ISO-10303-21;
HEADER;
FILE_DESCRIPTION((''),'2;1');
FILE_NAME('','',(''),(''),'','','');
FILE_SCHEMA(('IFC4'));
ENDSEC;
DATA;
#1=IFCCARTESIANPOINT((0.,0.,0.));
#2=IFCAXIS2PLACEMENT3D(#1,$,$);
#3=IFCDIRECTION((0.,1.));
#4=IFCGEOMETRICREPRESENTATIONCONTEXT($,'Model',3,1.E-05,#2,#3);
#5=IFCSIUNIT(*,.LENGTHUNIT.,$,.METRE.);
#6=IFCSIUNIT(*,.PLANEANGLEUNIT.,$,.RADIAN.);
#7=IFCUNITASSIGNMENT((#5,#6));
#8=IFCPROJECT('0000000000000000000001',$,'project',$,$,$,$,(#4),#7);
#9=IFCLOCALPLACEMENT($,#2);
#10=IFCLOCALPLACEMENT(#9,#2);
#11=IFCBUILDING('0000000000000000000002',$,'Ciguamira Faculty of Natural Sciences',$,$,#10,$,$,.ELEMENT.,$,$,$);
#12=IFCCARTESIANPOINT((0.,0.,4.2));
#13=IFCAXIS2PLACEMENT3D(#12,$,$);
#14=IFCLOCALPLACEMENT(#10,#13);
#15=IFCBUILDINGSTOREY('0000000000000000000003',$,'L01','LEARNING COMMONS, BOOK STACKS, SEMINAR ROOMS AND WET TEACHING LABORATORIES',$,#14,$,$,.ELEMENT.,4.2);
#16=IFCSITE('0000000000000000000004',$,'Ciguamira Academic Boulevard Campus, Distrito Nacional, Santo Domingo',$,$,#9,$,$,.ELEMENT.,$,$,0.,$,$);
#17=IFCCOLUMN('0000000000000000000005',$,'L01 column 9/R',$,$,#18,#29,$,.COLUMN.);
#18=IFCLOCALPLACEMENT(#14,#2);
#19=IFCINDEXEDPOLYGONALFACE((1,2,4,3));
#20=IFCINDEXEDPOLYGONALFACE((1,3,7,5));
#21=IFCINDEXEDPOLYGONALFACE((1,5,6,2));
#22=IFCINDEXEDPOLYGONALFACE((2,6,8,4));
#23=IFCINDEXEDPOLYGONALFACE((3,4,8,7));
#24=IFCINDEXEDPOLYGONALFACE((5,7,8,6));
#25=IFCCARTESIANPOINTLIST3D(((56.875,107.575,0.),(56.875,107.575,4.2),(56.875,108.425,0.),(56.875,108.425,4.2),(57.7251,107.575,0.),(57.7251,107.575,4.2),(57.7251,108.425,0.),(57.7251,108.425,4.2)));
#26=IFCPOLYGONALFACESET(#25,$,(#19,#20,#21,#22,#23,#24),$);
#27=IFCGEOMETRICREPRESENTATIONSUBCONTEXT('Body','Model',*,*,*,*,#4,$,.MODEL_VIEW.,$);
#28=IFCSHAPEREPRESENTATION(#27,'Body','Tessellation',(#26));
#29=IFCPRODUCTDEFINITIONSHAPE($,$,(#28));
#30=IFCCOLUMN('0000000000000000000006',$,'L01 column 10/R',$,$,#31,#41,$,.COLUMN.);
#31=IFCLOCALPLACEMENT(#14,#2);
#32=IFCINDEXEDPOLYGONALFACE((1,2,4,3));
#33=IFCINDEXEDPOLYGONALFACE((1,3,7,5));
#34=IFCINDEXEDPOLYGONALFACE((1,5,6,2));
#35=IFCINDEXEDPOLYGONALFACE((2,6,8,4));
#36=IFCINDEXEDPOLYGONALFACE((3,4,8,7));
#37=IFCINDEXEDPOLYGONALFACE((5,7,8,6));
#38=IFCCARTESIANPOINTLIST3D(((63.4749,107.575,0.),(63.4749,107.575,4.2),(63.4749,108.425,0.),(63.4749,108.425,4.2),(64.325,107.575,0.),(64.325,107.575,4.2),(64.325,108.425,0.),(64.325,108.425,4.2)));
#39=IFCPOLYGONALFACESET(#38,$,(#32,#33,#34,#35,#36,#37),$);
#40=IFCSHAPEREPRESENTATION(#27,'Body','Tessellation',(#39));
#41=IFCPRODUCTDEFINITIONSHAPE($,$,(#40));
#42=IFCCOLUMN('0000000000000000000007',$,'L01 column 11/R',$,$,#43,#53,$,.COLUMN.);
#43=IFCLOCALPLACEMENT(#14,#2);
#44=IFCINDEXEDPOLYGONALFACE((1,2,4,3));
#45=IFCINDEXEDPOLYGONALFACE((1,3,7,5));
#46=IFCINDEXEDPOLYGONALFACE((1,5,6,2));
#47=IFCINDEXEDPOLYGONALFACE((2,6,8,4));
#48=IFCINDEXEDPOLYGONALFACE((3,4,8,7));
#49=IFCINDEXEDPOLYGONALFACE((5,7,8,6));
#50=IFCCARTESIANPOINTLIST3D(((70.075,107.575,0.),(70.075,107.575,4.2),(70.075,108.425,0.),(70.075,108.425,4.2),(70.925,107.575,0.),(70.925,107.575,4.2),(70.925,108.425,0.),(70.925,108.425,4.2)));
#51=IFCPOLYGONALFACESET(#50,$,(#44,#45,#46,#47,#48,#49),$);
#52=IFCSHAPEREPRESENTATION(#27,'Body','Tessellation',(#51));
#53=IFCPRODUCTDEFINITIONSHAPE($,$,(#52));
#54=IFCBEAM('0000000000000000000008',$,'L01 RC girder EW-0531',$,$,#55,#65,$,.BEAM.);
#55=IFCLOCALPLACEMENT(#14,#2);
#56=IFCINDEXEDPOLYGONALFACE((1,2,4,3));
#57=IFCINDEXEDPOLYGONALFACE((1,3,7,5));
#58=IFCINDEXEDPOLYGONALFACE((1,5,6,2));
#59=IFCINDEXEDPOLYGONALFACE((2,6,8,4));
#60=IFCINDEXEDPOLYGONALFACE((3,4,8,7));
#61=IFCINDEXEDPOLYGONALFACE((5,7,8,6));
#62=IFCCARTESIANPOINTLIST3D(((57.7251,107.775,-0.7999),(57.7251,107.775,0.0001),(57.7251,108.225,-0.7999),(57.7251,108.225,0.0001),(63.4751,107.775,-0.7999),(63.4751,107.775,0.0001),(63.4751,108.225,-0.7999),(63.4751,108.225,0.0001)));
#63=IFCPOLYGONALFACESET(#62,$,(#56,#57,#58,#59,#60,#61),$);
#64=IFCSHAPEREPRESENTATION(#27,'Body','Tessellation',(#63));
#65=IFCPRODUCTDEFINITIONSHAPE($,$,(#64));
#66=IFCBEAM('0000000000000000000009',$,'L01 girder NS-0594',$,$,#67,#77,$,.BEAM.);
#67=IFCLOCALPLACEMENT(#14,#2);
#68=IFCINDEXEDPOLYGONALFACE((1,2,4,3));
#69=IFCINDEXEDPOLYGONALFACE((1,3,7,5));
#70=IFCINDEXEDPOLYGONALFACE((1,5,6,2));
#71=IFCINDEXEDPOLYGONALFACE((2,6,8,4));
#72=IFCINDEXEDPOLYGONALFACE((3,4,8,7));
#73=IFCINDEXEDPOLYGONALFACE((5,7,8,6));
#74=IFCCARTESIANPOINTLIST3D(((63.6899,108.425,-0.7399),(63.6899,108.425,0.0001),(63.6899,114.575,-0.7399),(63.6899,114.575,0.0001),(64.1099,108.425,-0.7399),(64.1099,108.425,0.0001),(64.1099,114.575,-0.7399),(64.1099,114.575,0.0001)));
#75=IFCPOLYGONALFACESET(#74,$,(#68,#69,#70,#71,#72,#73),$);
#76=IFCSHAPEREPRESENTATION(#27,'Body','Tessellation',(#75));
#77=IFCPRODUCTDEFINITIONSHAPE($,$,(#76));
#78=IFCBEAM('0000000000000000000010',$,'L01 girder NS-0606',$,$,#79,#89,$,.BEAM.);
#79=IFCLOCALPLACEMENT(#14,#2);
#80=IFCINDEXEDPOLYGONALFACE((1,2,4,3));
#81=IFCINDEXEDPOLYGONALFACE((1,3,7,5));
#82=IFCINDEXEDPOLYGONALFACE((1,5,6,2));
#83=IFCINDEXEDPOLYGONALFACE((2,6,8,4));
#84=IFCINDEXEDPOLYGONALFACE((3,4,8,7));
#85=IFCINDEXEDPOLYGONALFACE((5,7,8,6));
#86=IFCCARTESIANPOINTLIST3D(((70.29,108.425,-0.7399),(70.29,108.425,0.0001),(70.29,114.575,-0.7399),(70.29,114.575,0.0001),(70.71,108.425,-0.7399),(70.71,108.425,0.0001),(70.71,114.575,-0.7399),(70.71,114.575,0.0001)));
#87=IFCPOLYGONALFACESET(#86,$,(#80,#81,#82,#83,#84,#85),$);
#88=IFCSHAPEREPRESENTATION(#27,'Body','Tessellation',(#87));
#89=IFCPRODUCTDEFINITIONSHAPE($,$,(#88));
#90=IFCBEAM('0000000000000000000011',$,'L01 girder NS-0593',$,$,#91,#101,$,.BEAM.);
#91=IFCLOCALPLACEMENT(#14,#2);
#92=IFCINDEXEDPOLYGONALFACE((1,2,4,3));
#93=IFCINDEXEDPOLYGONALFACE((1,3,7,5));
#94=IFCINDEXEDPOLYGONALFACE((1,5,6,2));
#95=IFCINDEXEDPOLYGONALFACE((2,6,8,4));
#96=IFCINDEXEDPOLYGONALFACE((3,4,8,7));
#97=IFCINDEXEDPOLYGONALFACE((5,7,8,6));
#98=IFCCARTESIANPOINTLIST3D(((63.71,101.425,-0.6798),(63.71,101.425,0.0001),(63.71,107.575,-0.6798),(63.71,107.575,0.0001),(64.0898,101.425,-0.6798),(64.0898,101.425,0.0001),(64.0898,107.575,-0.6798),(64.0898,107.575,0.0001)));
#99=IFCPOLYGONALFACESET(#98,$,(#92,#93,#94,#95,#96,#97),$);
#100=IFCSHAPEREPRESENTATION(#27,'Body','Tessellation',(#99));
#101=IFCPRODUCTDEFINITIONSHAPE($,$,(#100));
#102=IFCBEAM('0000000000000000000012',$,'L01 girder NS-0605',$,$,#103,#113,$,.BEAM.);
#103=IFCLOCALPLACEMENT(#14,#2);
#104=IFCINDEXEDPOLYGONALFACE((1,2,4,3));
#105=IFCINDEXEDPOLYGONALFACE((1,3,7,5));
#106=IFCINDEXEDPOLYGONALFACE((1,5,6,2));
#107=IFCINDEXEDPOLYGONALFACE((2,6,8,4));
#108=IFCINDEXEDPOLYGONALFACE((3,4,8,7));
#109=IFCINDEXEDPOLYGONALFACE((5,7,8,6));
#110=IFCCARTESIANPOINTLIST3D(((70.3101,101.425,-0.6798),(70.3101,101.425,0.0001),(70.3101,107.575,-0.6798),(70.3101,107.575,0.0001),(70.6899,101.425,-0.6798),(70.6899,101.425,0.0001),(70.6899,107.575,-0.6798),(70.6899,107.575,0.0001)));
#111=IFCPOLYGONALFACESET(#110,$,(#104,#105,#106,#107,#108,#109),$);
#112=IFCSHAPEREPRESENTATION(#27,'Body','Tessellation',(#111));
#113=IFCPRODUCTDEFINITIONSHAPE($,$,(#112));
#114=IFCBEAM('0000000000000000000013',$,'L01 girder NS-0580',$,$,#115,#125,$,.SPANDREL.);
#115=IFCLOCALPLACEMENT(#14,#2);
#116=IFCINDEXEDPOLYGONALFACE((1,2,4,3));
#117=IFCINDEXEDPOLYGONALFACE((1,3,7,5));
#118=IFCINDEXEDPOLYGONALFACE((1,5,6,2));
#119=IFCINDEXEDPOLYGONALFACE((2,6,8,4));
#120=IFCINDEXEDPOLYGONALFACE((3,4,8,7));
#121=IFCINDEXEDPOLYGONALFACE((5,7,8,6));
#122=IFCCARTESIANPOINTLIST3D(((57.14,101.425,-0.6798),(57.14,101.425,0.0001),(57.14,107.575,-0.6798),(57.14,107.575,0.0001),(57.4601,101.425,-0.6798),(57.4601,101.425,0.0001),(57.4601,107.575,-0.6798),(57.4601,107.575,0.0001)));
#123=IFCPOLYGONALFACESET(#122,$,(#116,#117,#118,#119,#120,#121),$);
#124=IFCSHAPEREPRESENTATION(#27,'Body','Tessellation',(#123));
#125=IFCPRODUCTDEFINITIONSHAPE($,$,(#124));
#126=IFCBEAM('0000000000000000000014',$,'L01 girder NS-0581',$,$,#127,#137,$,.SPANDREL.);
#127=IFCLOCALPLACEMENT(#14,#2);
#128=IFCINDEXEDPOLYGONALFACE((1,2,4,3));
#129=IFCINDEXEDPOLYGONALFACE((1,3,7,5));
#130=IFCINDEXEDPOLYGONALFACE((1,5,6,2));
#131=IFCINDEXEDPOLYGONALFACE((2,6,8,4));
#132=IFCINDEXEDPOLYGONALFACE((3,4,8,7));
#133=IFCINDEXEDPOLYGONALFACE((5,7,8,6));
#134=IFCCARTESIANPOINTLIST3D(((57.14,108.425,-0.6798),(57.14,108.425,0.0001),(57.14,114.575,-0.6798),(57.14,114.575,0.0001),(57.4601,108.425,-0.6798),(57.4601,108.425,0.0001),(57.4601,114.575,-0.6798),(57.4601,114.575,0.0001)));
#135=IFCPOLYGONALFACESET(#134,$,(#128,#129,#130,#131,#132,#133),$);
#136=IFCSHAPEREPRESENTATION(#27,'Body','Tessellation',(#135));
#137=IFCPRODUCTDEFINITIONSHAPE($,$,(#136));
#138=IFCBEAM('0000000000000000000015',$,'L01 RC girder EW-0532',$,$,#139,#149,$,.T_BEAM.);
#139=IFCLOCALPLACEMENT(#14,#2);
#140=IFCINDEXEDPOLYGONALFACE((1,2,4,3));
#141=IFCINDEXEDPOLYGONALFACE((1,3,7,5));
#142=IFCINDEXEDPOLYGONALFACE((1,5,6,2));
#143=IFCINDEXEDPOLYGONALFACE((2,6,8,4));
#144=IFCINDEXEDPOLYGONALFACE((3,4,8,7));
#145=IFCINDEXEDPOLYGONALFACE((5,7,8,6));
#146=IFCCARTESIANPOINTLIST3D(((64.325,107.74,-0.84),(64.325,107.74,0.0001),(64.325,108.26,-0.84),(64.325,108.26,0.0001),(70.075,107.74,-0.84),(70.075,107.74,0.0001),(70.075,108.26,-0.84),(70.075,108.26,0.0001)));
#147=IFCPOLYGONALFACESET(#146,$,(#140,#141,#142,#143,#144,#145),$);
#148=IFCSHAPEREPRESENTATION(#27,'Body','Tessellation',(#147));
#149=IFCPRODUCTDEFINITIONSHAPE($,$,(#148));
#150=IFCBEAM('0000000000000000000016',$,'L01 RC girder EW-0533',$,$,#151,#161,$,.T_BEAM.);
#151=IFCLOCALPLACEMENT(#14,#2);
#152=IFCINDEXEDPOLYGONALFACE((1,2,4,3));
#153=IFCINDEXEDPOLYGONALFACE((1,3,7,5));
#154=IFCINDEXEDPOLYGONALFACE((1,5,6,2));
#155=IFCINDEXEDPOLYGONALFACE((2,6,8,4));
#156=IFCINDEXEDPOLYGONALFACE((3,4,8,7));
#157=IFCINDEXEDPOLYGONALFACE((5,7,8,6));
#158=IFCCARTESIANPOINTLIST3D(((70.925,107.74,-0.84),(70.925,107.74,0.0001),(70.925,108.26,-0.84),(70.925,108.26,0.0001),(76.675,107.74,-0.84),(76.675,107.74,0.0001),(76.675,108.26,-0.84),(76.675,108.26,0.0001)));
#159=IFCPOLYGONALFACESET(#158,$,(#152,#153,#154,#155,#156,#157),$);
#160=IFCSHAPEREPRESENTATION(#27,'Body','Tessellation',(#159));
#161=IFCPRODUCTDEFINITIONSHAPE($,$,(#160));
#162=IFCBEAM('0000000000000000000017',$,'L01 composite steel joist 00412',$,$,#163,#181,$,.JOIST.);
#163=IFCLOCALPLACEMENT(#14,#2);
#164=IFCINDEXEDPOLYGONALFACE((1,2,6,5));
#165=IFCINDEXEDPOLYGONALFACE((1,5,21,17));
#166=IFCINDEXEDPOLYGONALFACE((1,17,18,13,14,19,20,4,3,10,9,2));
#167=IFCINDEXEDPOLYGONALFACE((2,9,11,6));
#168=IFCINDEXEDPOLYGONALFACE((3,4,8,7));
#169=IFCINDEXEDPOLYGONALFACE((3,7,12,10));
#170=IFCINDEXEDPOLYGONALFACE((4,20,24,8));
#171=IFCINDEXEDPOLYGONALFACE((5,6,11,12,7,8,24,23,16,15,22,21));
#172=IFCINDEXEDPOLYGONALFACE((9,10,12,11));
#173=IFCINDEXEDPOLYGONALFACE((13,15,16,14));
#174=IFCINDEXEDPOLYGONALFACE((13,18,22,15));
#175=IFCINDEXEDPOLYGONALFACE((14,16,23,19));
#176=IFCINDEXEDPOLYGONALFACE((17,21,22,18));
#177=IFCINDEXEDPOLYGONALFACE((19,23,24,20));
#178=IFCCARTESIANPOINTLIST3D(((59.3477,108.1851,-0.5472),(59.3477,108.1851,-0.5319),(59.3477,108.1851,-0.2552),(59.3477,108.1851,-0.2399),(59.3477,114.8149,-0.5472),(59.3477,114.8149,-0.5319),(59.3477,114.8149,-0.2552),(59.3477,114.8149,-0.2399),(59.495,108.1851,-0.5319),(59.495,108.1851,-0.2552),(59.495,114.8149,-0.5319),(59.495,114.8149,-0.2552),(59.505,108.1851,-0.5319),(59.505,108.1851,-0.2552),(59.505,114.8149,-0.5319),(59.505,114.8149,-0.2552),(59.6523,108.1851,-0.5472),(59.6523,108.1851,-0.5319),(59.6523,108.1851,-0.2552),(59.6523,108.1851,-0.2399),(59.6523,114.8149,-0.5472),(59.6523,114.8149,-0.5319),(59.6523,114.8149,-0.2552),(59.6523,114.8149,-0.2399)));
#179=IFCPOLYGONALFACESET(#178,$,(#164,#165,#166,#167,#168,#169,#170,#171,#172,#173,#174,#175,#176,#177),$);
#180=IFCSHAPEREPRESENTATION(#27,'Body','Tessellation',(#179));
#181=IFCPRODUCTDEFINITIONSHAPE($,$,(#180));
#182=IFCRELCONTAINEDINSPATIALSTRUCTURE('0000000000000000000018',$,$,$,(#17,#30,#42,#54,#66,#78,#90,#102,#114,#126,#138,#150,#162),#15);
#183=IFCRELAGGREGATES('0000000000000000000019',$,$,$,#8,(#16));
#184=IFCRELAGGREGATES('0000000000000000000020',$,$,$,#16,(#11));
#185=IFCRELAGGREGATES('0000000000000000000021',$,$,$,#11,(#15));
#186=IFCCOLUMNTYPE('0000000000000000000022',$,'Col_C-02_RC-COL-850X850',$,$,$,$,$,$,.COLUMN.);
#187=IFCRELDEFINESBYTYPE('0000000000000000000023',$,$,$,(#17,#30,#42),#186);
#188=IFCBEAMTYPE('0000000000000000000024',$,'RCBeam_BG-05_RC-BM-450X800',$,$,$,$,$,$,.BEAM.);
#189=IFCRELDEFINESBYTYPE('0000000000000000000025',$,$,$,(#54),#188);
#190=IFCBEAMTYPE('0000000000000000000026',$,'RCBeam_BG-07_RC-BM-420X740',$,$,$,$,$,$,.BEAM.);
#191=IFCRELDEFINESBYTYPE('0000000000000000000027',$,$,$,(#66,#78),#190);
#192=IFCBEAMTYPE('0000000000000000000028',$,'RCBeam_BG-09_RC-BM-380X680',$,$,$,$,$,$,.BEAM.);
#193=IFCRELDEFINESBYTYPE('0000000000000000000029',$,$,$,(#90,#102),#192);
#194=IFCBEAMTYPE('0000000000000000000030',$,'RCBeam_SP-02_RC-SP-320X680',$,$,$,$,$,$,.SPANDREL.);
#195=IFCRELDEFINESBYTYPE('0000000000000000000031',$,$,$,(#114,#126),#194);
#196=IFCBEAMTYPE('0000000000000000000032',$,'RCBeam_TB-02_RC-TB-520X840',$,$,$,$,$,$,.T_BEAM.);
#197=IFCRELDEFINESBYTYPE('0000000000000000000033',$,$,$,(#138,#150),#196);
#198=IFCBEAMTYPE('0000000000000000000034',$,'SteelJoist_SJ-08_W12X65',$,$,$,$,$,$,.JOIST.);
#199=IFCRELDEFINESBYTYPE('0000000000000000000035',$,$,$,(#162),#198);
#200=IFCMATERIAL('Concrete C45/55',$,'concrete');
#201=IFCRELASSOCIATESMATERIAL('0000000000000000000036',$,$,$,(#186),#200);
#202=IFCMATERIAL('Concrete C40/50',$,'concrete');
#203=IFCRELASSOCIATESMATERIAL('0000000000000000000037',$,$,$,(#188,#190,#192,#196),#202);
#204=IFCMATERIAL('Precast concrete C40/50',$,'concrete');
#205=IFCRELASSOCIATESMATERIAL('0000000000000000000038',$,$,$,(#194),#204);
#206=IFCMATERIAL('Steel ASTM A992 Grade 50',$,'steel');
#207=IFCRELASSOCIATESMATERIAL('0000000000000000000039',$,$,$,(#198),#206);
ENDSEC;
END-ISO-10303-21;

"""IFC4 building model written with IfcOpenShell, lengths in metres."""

from ifc_helpers import new_model, si_unit, direction, frame, origin, origin_2d, place, context, subcontext, project, spatial, rectangle, i_section, extrude, material, material_profile, profile_set, type_object, element, save


model = new_model("IFC4")

# Units and contexts
model_context = context("Model", 3, precision=1e-05, world=origin(), true_north=direction((0.0, 1.0)))
body_context = subcontext(model_context, "Body", "Model", "MODEL_VIEW")
ifc_project = project(units=[si_unit("LENGTHUNIT", "METRE"), si_unit("PLANEANGLEUNIT", "RADIAN")], contexts=[model_context])

# Site, building, storey
site_placement = place(None, origin())
site = spatial("IfcSite", under=ifc_project, at=site_placement, Name="Ciguamira Academic Boulevard Campus, Distrito Nacional, Santo Domingo", CompositionType="ELEMENT", RefElevation=0.0)
building_placement = place(site_placement, origin())
building = spatial("IfcBuilding", under=site, at=building_placement, Name="Ciguamira Faculty of Natural Sciences", CompositionType="ELEMENT")
storey_placement = place(building_placement, frame((0.0, 0.0, 4.2)))
storey = spatial("IfcBuildingStorey", under=building, at=storey_placement, Name="L01", Description="LEARNING COMMONS, BOOK STACKS, SEMINAR ROOMS AND WET TEACHING LABORATORIES", CompositionType="ELEMENT", Elevation=4.2)

# Columns
ifc_material_1 = material(Name="Concrete C45/55", Category="concrete")
ifc_material_profile_1 = material_profile(ifc_material_1, rectangle(XDim=0.8501, YDim=0.8501, at=origin_2d()), Name="RC-COL-850X850")
ifc_profile_set_1 = profile_set([ifc_material_profile_1], Name="Concrete C45/55")
column_type = type_object("IfcColumnType", Name="Col_C-02_RC-COL-850X850", PredefinedType="COLUMN", material=ifc_profile_set_1)
for number, where, z_axis, x_axis, name in (
    (1, (57.3, 108.0, 0.0), (0.0, 0.0, 1.0), (1.0, 0.0, 0.0), "L01 column 9/R"),
    (2, (63.8999, 108.0, 0.0), (0.0, 0.0, 1.0), (1.0, 0.0, 0.0), "L01 column 10/R"),
    (3, (70.5, 108.0, 0.0), (0.0, 0.0, 1.0), (1.0, 0.0, 0.0), "L01 column 11/R"),
):
    element("IfcColumn", number, at=place(storey_placement, frame(where, z_axis=z_axis, x_axis=x_axis)), inside=storey, type_object=column_type, Name=name, PredefinedType="COLUMN", context=body_context, shape_type="SweptSolid", body=[
        extrude(rectangle(XDim=0.8501, YDim=0.8501, at=origin_2d()), origin(), (0.0, 0.0, 1.0), 4.2),
    ])

# Beams
ifc_material_2 = material(Name="Concrete C40/50", Category="concrete")
ifc_material_profile_2 = material_profile(ifc_material_2, rectangle(XDim=0.45, YDim=0.8, at=origin_2d()), Name="RC-BM-450X800")
ifc_profile_set_2 = profile_set([ifc_material_profile_2], Name="Concrete C40/50")
beam_type_1 = type_object("IfcBeamType", Name="RCBeam_BG-05_RC-BM-450X800", PredefinedType="BEAM", material=ifc_profile_set_2)
beam_1_placement = place(storey_placement, frame((57.7251, 108.0, -0.3999), z_axis=(1.0, 0.0, 0.0), x_axis=(0.0, 1.0, 0.0)))
element("IfcBeam", 4, at=beam_1_placement, inside=storey, type_object=beam_type_1, Name="L01 RC girder EW-0531", PredefinedType="BEAM", context=body_context, shape_type="SweptSolid", body=[
    extrude(rectangle(XDim=0.45, YDim=0.8, at=origin_2d()), origin(), (0.0, 0.0, 1.0), 5.75),
])
ifc_material_profile_3 = material_profile(ifc_material_2, rectangle(XDim=0.4199, YDim=0.74, at=origin_2d()), Name="RC-BM-420X740")
ifc_profile_set_3 = profile_set([ifc_material_profile_3], Name="Concrete C40/50")
beam_type_2 = type_object("IfcBeamType", Name="RCBeam_BG-07_RC-BM-420X740", PredefinedType="BEAM", material=ifc_profile_set_3)
for number, where, z_axis, x_axis, name in (
    (5, (63.8999, 108.425, -0.3699), (0.0, 1.0, 0.0), (-1.0, 0.0, 0.0), "L01 girder NS-0594"),
    (6, (70.5, 108.425, -0.3699), (0.0, 1.0, 0.0), (-1.0, 0.0, 0.0), "L01 girder NS-0606"),
):
    element("IfcBeam", number, at=place(storey_placement, frame(where, z_axis=z_axis, x_axis=x_axis)), inside=storey, type_object=beam_type_2, Name=name, PredefinedType="BEAM", context=body_context, shape_type="SweptSolid", body=[
        extrude(rectangle(XDim=0.4199, YDim=0.74, at=origin_2d()), origin(), (0.0, 0.0, 1.0), 6.1499),
    ])
ifc_material_profile_4 = material_profile(ifc_material_2, rectangle(XDim=0.3799, YDim=0.6799, at=origin_2d()), Name="RC-BM-380X680")
ifc_profile_set_4 = profile_set([ifc_material_profile_4], Name="Concrete C40/50")
beam_type_3 = type_object("IfcBeamType", Name="RCBeam_BG-09_RC-BM-380X680", PredefinedType="BEAM", material=ifc_profile_set_4)
for number, where, z_axis, x_axis, name in (
    (7, (63.8999, 101.425, -0.3398), (0.0, 1.0, 0.0), (-1.0, 0.0, 0.0), "L01 girder NS-0593"),
    (8, (70.5, 101.425, -0.3398), (0.0, 1.0, 0.0), (-1.0, 0.0, 0.0), "L01 girder NS-0605"),
):
    element("IfcBeam", number, at=place(storey_placement, frame(where, z_axis=z_axis, x_axis=x_axis)), inside=storey, type_object=beam_type_3, Name=name, PredefinedType="BEAM", context=body_context, shape_type="SweptSolid", body=[
        extrude(rectangle(XDim=0.3799, YDim=0.6799, at=origin_2d()), origin(), (0.0, 0.0, 1.0), 6.1499),
    ])
ifc_material_3 = material(Name="Precast concrete C40/50", Category="concrete")
ifc_material_profile_5 = material_profile(ifc_material_3, rectangle(XDim=0.3201, YDim=0.6799, at=origin_2d()), Name="RC-SP-320X680")
ifc_profile_set_5 = profile_set([ifc_material_profile_5], Name="Precast concrete C40/50")
beam_type_4 = type_object("IfcBeamType", Name="RCBeam_SP-02_RC-SP-320X680", PredefinedType="SPANDREL", material=ifc_profile_set_5)
for number, where, z_axis, x_axis, name in (
    (9, (57.3, 101.425, -0.3398), (0.0, 1.0, 0.0), (-1.0, 0.0, 0.0), "L01 girder NS-0580"),
    (10, (57.3, 108.425, -0.3398), (0.0, 1.0, 0.0), (-1.0, 0.0, 0.0), "L01 girder NS-0581"),
):
    element("IfcBeam", number, at=place(storey_placement, frame(where, z_axis=z_axis, x_axis=x_axis)), inside=storey, type_object=beam_type_4, Name=name, PredefinedType="SPANDREL", context=body_context, shape_type="SweptSolid", body=[
        extrude(rectangle(XDim=0.3201, YDim=0.6799, at=origin_2d()), origin(), (0.0, 0.0, 1.0), 6.1499),
    ])
ifc_material_profile_6 = material_profile(ifc_material_2, rectangle(XDim=0.52, YDim=0.8401, at=origin_2d()), Name="RC-TB-520X840")
ifc_profile_set_6 = profile_set([ifc_material_profile_6], Name="Concrete C40/50")
beam_type_5 = type_object("IfcBeamType", Name="RCBeam_TB-02_RC-TB-520X840", PredefinedType="T_BEAM", material=ifc_profile_set_6)
for number, where, z_axis, x_axis, name in (
    (11, (64.325, 108.0, -0.4199), (1.0, 0.0, 0.0), (0.0, 1.0, 0.0), "L01 RC girder EW-0532"),
    (12, (70.925, 108.0, -0.4199), (1.0, 0.0, 0.0), (0.0, 1.0, 0.0), "L01 RC girder EW-0533"),
):
    element("IfcBeam", number, at=place(storey_placement, frame(where, z_axis=z_axis, x_axis=x_axis)), inside=storey, type_object=beam_type_5, Name=name, PredefinedType="T_BEAM", context=body_context, shape_type="SweptSolid", body=[
        extrude(rectangle(XDim=0.52, YDim=0.8401, at=origin_2d()), origin(), (0.0, 0.0, 1.0), 5.75),
    ])
ifc_material_4 = material(Name="Steel ASTM A992 Grade 50", Category="steel")
ifc_material_profile_7 = material_profile(ifc_material_4, i_section(OverallWidth=0.3047, OverallDepth=0.3074, WebThickness=0.01, FlangeThickness=0.0154, at=origin_2d()), Name="W12X65")
ifc_profile_set_7 = profile_set([ifc_material_profile_7], Name="Steel ASTM A992 Grade 50")
beam_type_6 = type_object("IfcBeamType", Name="SteelJoist_SJ-08_W12X65", PredefinedType="JOIST", material=ifc_profile_set_7)
beam_2_placement = place(storey_placement, frame((59.5, 108.1851, -0.3936), z_axis=(0.0, 1.0, 0.0), x_axis=(-1.0, 0.0, 0.0)))
element("IfcBeam", 13, at=beam_2_placement, inside=storey, type_object=beam_type_6, Name="L01 composite steel joist 00412", PredefinedType="JOIST", context=body_context, shape_type="SweptSolid", body=[
    extrude(i_section(OverallWidth=0.3047, OverallDepth=0.3074, WebThickness=0.01, FlangeThickness=0.0154, at=origin_2d()), origin(), (0.0, 0.0, 1.0), 6.6299),
])

save(model, "model.ifc")
